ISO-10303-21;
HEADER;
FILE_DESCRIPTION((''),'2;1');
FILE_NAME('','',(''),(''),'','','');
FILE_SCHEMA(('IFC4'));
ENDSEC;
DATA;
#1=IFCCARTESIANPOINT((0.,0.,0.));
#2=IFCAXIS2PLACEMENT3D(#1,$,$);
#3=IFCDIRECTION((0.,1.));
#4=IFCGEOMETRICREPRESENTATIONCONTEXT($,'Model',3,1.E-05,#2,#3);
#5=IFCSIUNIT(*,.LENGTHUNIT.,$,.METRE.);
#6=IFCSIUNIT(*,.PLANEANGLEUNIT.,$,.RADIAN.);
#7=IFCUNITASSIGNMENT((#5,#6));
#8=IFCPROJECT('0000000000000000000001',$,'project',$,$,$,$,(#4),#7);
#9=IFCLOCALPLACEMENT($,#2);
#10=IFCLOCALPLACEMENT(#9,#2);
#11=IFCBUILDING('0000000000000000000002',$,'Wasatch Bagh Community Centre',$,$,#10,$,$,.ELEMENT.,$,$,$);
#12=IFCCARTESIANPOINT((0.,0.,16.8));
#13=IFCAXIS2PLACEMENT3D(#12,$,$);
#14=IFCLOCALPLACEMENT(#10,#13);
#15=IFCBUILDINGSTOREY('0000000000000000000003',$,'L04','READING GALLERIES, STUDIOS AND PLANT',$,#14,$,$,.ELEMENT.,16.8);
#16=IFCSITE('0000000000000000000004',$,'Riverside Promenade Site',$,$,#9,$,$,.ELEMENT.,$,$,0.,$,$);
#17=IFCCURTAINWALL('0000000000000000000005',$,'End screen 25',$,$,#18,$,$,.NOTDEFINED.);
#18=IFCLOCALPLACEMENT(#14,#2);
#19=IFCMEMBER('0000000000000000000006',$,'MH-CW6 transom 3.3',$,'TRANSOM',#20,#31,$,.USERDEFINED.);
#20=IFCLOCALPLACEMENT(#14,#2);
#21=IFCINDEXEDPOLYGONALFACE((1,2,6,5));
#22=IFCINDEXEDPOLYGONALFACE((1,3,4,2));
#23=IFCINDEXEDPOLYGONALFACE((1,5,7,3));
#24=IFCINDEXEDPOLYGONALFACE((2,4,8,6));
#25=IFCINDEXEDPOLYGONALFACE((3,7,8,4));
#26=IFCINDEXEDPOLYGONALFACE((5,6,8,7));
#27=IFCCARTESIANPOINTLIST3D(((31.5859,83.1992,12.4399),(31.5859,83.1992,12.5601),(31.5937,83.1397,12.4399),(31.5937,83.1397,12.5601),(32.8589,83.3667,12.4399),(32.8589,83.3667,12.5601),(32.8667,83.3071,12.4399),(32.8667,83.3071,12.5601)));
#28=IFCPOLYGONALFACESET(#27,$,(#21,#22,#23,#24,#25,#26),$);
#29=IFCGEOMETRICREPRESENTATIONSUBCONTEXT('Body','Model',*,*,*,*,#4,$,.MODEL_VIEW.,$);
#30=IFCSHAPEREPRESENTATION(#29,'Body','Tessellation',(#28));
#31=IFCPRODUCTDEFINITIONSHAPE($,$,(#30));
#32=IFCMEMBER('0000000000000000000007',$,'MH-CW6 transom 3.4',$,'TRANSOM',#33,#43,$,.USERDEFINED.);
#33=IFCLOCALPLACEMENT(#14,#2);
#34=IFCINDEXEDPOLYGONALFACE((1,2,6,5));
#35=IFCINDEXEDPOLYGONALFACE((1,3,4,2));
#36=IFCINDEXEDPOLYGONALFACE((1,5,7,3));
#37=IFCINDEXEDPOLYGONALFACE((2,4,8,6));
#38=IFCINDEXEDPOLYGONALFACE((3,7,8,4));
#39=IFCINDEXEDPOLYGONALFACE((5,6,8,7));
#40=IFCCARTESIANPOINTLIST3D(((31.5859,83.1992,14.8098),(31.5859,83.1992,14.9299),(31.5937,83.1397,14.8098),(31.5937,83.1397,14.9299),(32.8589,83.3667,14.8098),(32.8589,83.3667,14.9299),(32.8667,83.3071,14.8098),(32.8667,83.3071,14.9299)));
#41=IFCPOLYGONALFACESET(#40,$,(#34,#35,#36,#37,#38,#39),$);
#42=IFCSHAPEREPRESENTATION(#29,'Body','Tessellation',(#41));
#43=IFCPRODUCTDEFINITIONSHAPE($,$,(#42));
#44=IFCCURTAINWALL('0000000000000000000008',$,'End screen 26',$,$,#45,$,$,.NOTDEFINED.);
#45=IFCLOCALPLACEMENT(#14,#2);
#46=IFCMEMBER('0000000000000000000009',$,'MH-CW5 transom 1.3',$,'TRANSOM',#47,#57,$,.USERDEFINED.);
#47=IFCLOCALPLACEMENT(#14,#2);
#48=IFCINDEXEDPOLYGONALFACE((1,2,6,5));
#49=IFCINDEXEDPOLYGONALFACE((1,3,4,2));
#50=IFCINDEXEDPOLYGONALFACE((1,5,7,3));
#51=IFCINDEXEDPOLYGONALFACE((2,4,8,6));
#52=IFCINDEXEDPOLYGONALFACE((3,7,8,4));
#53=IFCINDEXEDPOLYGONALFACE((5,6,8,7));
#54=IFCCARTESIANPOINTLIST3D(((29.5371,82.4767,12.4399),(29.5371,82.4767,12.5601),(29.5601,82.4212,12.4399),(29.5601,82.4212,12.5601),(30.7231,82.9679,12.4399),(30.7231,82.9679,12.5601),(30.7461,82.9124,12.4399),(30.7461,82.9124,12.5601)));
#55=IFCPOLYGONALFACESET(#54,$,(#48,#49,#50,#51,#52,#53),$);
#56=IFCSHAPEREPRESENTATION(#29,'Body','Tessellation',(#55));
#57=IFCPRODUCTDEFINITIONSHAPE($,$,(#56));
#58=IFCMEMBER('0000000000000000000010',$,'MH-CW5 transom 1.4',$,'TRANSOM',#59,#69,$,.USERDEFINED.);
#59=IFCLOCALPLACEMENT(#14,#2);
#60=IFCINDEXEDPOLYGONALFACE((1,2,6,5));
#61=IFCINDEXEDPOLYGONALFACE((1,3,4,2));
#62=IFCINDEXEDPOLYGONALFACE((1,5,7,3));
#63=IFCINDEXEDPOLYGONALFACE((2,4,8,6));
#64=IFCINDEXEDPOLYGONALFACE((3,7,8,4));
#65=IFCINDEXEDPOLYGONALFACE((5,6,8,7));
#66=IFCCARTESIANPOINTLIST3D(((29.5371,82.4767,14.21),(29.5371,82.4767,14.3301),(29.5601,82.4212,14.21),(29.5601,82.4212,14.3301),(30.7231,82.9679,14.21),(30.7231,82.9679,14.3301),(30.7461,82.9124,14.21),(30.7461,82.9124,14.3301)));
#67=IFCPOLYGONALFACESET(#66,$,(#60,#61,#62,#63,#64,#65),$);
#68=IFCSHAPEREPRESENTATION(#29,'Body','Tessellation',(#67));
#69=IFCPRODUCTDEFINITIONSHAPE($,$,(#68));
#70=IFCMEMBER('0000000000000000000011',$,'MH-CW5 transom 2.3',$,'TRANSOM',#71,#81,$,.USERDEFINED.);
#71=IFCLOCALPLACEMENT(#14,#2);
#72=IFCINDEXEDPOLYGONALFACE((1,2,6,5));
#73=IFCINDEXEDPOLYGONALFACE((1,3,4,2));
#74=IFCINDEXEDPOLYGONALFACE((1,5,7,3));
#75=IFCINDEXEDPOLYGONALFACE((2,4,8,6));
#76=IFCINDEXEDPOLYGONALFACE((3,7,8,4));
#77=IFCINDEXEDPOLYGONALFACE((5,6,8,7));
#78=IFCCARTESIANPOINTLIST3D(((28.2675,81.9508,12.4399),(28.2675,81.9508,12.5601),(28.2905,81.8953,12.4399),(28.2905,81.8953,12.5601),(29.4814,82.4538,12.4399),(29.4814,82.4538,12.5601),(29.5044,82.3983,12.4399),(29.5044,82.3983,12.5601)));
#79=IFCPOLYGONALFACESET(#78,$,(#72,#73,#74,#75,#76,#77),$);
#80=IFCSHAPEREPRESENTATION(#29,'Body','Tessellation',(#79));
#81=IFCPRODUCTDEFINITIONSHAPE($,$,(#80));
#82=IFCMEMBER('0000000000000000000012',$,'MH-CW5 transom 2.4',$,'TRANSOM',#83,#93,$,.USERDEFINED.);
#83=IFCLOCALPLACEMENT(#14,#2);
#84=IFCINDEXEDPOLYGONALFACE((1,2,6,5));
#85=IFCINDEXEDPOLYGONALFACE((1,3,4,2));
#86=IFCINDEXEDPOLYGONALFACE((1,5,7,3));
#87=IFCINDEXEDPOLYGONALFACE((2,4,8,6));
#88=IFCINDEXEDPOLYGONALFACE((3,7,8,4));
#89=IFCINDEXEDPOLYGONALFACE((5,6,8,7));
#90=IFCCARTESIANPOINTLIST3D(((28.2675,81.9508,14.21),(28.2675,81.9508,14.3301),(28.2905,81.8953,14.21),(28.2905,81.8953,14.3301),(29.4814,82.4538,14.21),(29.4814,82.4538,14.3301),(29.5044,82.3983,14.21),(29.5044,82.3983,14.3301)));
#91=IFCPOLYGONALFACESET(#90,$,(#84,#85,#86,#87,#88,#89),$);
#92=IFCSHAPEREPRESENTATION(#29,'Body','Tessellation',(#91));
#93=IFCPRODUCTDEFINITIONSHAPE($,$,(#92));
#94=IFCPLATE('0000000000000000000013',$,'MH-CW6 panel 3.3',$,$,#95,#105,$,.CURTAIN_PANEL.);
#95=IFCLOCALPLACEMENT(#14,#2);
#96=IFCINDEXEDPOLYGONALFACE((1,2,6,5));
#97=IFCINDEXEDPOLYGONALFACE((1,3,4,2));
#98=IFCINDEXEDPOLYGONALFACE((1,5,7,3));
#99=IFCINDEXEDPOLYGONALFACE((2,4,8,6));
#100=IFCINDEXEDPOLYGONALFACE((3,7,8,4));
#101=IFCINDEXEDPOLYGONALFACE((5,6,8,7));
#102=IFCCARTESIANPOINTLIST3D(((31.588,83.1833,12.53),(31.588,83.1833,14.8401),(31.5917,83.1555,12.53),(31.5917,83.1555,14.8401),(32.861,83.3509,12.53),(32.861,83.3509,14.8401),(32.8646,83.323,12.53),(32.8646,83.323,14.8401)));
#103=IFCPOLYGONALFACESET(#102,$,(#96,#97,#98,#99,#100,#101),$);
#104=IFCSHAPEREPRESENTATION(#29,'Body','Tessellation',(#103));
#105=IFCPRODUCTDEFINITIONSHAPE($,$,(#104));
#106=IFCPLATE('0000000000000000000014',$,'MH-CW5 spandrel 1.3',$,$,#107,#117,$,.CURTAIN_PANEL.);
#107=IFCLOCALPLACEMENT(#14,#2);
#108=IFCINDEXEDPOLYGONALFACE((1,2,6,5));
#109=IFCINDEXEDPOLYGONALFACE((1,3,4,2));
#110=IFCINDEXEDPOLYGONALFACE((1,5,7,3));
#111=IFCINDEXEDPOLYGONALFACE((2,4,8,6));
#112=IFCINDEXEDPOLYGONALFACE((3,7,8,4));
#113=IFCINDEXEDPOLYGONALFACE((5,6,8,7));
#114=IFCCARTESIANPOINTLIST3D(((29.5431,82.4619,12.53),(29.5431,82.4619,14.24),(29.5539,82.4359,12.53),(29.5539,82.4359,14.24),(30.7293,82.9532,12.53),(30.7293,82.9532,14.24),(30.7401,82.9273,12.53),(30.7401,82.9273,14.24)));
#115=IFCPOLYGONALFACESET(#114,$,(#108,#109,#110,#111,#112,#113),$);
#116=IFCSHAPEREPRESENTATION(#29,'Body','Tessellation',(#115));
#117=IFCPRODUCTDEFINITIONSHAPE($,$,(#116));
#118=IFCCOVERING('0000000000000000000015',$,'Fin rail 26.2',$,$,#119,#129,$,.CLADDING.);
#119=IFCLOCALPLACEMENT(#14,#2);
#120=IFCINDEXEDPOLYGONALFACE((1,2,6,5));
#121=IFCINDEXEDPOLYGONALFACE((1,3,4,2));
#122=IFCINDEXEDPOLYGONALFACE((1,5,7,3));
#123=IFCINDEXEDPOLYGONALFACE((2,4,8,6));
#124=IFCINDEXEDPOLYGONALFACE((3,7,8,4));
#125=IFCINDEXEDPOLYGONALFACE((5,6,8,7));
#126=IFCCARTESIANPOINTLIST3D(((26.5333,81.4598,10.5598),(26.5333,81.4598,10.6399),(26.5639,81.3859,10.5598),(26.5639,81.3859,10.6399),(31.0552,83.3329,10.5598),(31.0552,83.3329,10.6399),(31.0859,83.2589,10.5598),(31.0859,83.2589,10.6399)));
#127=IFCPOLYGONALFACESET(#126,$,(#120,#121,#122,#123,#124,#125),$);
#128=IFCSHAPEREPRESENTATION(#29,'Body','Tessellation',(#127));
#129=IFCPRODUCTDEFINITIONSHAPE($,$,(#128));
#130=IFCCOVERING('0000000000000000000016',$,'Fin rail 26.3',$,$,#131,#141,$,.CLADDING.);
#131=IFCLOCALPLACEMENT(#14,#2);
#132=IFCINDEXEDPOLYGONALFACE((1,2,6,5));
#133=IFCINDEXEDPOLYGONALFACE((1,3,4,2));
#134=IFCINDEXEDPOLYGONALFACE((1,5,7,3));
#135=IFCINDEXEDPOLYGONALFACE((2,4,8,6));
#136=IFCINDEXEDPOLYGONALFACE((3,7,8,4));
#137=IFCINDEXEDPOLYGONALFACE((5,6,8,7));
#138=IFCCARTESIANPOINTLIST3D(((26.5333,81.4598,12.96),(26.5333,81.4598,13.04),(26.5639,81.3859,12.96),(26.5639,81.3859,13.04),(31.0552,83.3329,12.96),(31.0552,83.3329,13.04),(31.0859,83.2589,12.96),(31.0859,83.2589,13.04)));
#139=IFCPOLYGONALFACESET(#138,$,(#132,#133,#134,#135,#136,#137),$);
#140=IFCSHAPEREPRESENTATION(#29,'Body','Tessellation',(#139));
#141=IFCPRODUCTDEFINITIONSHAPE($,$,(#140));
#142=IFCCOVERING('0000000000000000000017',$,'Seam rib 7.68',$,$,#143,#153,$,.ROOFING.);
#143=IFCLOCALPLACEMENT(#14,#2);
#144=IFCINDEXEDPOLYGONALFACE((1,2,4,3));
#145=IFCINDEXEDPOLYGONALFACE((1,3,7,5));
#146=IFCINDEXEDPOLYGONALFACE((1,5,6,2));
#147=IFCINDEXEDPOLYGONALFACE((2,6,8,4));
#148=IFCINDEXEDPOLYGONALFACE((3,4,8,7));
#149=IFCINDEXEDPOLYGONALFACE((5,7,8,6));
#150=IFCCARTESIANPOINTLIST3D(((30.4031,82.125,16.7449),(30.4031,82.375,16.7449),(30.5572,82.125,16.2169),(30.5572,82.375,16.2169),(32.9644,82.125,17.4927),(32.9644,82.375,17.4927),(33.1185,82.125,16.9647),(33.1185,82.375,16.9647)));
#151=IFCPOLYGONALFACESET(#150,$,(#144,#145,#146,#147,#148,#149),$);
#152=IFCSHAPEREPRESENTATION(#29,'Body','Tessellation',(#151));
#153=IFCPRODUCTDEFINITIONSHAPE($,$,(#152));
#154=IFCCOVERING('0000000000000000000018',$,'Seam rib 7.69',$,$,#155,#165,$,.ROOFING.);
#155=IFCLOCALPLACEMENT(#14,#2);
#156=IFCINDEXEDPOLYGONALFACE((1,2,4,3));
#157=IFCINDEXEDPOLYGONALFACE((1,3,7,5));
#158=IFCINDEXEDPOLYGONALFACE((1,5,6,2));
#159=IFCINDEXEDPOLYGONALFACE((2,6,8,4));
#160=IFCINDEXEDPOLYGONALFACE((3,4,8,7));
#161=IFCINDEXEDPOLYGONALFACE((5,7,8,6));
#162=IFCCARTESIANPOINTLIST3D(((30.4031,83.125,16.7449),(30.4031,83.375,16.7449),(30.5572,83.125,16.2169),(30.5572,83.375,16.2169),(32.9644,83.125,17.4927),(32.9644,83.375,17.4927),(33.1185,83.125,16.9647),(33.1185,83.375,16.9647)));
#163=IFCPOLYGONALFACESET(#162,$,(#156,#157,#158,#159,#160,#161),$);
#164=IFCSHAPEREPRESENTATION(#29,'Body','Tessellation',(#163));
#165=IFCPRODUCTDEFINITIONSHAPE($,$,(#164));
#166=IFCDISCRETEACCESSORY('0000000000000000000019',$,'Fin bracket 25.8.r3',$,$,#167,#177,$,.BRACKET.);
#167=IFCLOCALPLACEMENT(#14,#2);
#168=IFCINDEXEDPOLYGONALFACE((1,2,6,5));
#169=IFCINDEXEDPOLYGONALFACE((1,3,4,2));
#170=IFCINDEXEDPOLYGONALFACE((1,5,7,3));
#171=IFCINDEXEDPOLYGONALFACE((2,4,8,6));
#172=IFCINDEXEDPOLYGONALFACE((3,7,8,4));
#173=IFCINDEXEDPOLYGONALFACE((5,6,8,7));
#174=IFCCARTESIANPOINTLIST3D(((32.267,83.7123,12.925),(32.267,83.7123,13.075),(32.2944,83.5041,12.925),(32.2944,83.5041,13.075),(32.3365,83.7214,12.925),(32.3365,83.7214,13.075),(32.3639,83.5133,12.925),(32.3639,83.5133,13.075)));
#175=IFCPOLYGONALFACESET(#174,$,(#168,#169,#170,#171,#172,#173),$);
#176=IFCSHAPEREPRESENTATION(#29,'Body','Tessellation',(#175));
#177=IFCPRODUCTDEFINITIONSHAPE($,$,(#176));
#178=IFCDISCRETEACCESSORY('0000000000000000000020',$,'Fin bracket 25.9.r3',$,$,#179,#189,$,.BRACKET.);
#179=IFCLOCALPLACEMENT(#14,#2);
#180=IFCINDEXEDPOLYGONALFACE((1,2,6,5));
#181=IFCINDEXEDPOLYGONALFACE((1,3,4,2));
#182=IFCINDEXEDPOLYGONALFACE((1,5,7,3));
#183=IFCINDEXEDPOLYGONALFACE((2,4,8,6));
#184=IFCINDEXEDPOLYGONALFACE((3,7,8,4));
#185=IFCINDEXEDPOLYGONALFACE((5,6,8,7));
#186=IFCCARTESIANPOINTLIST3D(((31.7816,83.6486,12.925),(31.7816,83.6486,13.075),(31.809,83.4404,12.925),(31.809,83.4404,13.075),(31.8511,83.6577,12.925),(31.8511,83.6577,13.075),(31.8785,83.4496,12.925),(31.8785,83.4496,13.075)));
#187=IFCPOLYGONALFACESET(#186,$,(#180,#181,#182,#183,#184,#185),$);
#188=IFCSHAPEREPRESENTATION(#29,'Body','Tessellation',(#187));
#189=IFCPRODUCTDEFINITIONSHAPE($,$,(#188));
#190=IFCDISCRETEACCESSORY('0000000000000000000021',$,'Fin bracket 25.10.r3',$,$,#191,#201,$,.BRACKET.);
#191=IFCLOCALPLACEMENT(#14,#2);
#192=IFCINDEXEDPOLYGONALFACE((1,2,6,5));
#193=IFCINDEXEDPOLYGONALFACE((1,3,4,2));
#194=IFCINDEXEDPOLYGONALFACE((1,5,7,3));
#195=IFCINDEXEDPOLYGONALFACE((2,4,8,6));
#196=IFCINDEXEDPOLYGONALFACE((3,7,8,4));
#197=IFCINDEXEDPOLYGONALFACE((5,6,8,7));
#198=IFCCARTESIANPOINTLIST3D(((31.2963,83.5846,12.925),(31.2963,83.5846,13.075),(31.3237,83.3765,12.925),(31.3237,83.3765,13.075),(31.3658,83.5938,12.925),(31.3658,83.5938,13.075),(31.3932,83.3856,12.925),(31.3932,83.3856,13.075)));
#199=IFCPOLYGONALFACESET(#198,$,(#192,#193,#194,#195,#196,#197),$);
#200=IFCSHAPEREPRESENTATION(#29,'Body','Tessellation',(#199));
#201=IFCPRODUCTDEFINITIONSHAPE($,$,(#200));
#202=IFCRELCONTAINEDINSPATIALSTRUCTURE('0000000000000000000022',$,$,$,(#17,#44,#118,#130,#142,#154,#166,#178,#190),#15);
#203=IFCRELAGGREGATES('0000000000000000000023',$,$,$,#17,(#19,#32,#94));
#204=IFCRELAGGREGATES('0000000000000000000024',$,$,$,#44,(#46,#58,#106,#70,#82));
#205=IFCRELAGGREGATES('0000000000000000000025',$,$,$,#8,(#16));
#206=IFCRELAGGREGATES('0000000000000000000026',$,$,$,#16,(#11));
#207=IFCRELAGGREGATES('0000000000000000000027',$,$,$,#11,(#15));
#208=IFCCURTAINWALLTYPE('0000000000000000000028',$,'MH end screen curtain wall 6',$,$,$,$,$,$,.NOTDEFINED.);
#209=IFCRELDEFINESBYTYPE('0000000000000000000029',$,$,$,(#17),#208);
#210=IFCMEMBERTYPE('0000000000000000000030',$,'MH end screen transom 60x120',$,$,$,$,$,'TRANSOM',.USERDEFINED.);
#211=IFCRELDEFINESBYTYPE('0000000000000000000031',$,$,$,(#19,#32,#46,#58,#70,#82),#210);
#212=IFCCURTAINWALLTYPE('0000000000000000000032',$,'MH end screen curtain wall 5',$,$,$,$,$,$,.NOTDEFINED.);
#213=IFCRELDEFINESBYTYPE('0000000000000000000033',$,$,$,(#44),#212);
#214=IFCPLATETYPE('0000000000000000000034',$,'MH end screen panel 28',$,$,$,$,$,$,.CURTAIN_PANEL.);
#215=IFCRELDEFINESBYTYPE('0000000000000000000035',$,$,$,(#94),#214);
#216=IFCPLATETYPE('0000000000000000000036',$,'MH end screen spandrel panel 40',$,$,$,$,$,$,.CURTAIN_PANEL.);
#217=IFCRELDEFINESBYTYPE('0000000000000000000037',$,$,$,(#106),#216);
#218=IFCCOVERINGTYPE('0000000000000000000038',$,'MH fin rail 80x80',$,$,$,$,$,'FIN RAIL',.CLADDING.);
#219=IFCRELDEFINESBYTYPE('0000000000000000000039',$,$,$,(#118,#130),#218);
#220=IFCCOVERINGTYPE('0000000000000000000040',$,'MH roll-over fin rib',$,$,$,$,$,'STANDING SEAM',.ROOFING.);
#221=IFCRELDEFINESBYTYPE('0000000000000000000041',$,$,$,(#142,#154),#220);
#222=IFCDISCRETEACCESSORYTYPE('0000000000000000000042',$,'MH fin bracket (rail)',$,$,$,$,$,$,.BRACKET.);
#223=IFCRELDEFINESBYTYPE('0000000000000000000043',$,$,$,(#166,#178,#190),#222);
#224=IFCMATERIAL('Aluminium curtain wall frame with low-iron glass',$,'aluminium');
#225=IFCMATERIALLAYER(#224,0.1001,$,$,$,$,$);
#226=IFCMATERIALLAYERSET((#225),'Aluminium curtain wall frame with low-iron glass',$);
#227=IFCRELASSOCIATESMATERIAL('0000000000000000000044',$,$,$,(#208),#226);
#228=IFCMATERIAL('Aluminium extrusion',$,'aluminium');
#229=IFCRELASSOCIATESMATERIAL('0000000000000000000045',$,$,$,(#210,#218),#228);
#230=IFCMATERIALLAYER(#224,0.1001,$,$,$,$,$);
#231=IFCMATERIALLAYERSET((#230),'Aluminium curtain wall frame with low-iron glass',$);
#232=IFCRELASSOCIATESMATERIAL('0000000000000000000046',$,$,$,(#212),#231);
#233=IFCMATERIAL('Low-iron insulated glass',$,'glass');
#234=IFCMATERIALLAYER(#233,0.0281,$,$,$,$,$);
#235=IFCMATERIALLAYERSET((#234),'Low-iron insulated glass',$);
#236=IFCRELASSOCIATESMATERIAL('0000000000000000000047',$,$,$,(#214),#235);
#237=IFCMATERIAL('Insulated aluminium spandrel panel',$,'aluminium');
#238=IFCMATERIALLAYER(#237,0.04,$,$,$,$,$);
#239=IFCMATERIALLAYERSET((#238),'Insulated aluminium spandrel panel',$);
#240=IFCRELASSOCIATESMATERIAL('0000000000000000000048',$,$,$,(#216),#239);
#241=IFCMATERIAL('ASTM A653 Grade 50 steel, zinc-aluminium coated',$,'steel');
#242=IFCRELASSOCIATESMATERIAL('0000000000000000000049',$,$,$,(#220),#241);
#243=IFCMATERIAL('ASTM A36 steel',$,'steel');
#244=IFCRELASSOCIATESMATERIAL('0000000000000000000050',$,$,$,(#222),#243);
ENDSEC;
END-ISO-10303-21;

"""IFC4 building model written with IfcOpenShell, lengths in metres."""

from ifc_helpers import new_model, si_unit, direction, frame, origin, origin_2d, place, context, subcontext, project, spatial, polyline, rectangle, outline, extrude, material, layer, layer_set, material_profile, profile_set, type_object, element, aggregate, save


model = new_model("IFC4")

# Units and contexts
model_context = context("Model", 3, precision=1e-05, world=origin(), true_north=direction((0.0, 1.0)))
body_context = subcontext(model_context, "Body", "Model", "MODEL_VIEW")
ifc_project = project(units=[si_unit("LENGTHUNIT", "METRE"), si_unit("PLANEANGLEUNIT", "RADIAN")], contexts=[model_context])

# Site, building, storey
site_placement = place(None, origin())
site = spatial("IfcSite", under=ifc_project, at=site_placement, Name="Riverside Promenade Site", CompositionType="ELEMENT", RefElevation=0.0)
building_placement = place(site_placement, origin())
building = spatial("IfcBuilding", under=site, at=building_placement, Name="Wasatch Bagh Community Centre", CompositionType="ELEMENT")
storey_placement = place(building_placement, frame((0.0, 0.0, 16.8)))
storey = spatial("IfcBuildingStorey", under=building, at=storey_placement, Name="L04", Description="READING GALLERIES, STUDIOS AND PLANT", CompositionType="ELEMENT", Elevation=16.8)

# Curtain walls, members
ifc_material_1 = material(Name="Aluminium curtain wall frame with low-iron glass", Category="aluminium")
ifc_layer_1 = layer(ifc_material_1, 0.1001)
ifc_layer_set_1 = layer_set([ifc_layer_1], Name="Aluminium curtain wall frame with low-iron glass")
curtain_wall_type_1 = type_object("IfcCurtainWallType", Name="MH end screen curtain wall 6", PredefinedType="NOTDEFINED", material=ifc_layer_set_1)
curtain_wall_1_placement = place(storey_placement, origin())
curtain_wall_1 = element("IfcCurtainWall", 1, at=curtain_wall_1_placement, inside=storey, type_object=curtain_wall_type_1, Name="End screen 25", PredefinedType="NOTDEFINED")
ifc_material_2 = material(Name="Aluminium extrusion", Category="aluminium")
ifc_material_profile_1 = material_profile(ifc_material_2, rectangle(XDim=0.0601, YDim=0.1201, at=origin_2d()), Name="AL 60x120")
ifc_profile_set_1 = profile_set([ifc_material_profile_1], Name="Aluminium extrusion")
member_type = type_object("IfcMemberType", Name="MH end screen transom 60x120", ElementType="TRANSOM", PredefinedType="USERDEFINED", material=ifc_profile_set_1)
member_1_placement = place(storey_placement, frame((32.8628, 83.3369, 12.5), z_axis=(-0.991456, -0.130445, 0.0), x_axis=(0.130445, -0.991456, 0.0)))
member_1 = element("IfcMember", 2, at=member_1_placement, type_object=member_type, Name="MH-CW6 transom 3.3", ObjectType="TRANSOM", PredefinedType="USERDEFINED", context=body_context, shape_type="SweptSolid", body=[
    extrude(rectangle(XDim=0.0601, YDim=0.1201, at=origin_2d()), origin(), (0.0, 0.0, 1.0), 1.2839),
])
member_2_placement = place(storey_placement, frame((32.8628, 83.3369, 14.8699), z_axis=(-0.991456, -0.130445, 0.0), x_axis=(0.130445, -0.991456, 0.0)))
member_2 = element("IfcMember", 3, at=member_2_placement, type_object=member_type, Name="MH-CW6 transom 3.4", ObjectType="TRANSOM", PredefinedType="USERDEFINED", context=body_context, shape_type="SweptSolid", body=[
    extrude(rectangle(XDim=0.0601, YDim=0.1201, at=origin_2d()), origin(), (0.0, 0.0, 1.0), 1.2839),
])
ifc_layer_2 = layer(ifc_material_1, 0.1001)
ifc_layer_set_2 = layer_set([ifc_layer_2], Name="Aluminium curtain wall frame with low-iron glass")
curtain_wall_type_2 = type_object("IfcCurtainWallType", Name="MH end screen curtain wall 5", PredefinedType="NOTDEFINED", material=ifc_layer_set_2)
curtain_wall_2_placement = place(storey_placement, origin())
curtain_wall_2 = element("IfcCurtainWall", 4, at=curtain_wall_2_placement, inside=storey, type_object=curtain_wall_type_2, Name="End screen 26", PredefinedType="NOTDEFINED")
member_3_placement = place(storey_placement, frame((30.7346, 82.9402, 12.5), z_axis=(-0.923896, -0.382643, 0.0), x_axis=(0.382643, -0.923896, 0.0)))
member_3 = element("IfcMember", 5, at=member_3_placement, type_object=member_type, Name="MH-CW5 transom 1.3", ObjectType="TRANSOM", PredefinedType="USERDEFINED", context=body_context, shape_type="SweptSolid", body=[
    extrude(rectangle(XDim=0.0601, YDim=0.1201, at=origin_2d()), origin(), (0.0, 0.0, 1.0), 1.2837),
])
member_4_placement = place(storey_placement, frame((30.7346, 82.9402, 14.27), z_axis=(-0.923896, -0.382643, 0.0), x_axis=(0.382643, -0.923896, 0.0)))
member_4 = element("IfcMember", 6, at=member_4_placement, type_object=member_type, Name="MH-CW5 transom 1.4", ObjectType="TRANSOM", PredefinedType="USERDEFINED", context=body_context, shape_type="SweptSolid", body=[
    extrude(rectangle(XDim=0.0601, YDim=0.1201, at=origin_2d()), origin(), (0.0, 0.0, 1.0), 1.2837),
])
member_5_placement = place(storey_placement, frame((29.4929, 82.426, 12.5), z_axis=(-0.923845, -0.382768, 0.0), x_axis=(0.382768, -0.923845, 0.0)))
member_5 = element("IfcMember", 7, at=member_5_placement, type_object=member_type, Name="MH-CW5 transom 2.3", ObjectType="TRANSOM", PredefinedType="USERDEFINED", context=body_context, shape_type="SweptSolid", body=[
    extrude(rectangle(XDim=0.0601, YDim=0.1201, at=origin_2d()), origin(), (0.0, 0.0, 1.0), 1.314),
])
member_6_placement = place(storey_placement, frame((29.4929, 82.426, 14.27), z_axis=(-0.923845, -0.382768, 0.0), x_axis=(0.382768, -0.923845, 0.0)))
member_6 = element("IfcMember", 8, at=member_6_placement, type_object=member_type, Name="MH-CW5 transom 2.4", ObjectType="TRANSOM", PredefinedType="USERDEFINED", context=body_context, shape_type="SweptSolid", body=[
    extrude(rectangle(XDim=0.0601, YDim=0.1201, at=origin_2d()), origin(), (0.0, 0.0, 1.0), 1.314),
])

# Plates
ifc_material_3 = material(Name="Low-iron insulated glass", Category="glass")
ifc_layer_3 = layer(ifc_material_3, 0.0281)
ifc_layer_set_3 = layer_set([ifc_layer_3], Name="Low-iron insulated glass")
plate_type_1 = type_object("IfcPlateType", Name="MH end screen panel 28", PredefinedType="CURTAIN_PANEL", material=ifc_layer_set_3)
plate_1_placement = place(storey_placement, frame((32.2263, 83.2532, 12.53), z_axis=(0.0, 0.0, 1.0), x_axis=(-0.991445, -0.130526, 0.0)))
plate_1 = element("IfcPlate", 9, at=plate_1_placement, type_object=plate_type_1, Name="MH-CW6 panel 3.3", PredefinedType="CURTAIN_PANEL", context=body_context, shape_type="SweptSolid", body=[
    extrude(rectangle(XDim=1.2839, YDim=0.0281, at=origin_2d()), origin(), (0.0, 0.0, 1.0), 2.3101),
])
aggregate(curtain_wall_1, [member_1, member_2, plate_1])
ifc_material_4 = material(Name="Insulated aluminium spandrel panel", Category="aluminium")
ifc_layer_4 = layer(ifc_material_4, 0.04)
ifc_layer_set_4 = layer_set([ifc_layer_4], Name="Insulated aluminium spandrel panel")
plate_type_2 = type_object("IfcPlateType", Name="MH end screen spandrel panel 40", PredefinedType="CURTAIN_PANEL", material=ifc_layer_set_4)
plate_2_placement = place(storey_placement, frame((30.1416, 82.6946, 12.53), z_axis=(0.0, 0.0, 1.0), x_axis=(-0.92388, -0.382683, 0.0)))
plate_2 = element("IfcPlate", 10, at=plate_2_placement, type_object=plate_type_2, Name="MH-CW5 spandrel 1.3", PredefinedType="CURTAIN_PANEL", context=body_context, shape_type="SweptSolid", body=[
    extrude(rectangle(XDim=1.2839, YDim=0.0281, at=origin_2d()), origin(), (0.0, 0.0, 1.0), 1.71),
])
aggregate(curtain_wall_2, [member_3, member_4, plate_2, member_5, member_6])

# Coverings
ifc_material_profile_2 = material_profile(ifc_material_2, rectangle(XDim=0.0801, YDim=0.0801, at=origin_2d()), Name="AL 80x80")
ifc_profile_set_2 = profile_set([ifc_material_profile_2], Name="Aluminium extrusion")
covering_type_1 = type_object("IfcCoveringType", Name="MH fin rail 80x80", ElementType="FIN RAIL", PredefinedType="CLADDING", material=ifc_profile_set_2)
for number, where, z_axis, x_axis, name in (
    (11, (31.0706, 83.2959, 10.5999), (-0.923881, -0.382681, 0.0), (0.382681, -0.923881, 0.0), "Fin rail 26.2"),
    (12, (31.0706, 83.2959, 13.0), (-0.923881, -0.382681, 0.0), (0.382681, -0.923881, 0.0), "Fin rail 26.3"),
):
    element("IfcCovering", number, at=place(storey_placement, frame(where, z_axis=z_axis, x_axis=x_axis)), inside=storey, type_object=covering_type_1, Name=name, PredefinedType="CLADDING", context=body_context, shape_type="SweptSolid", body=[
        extrude(rectangle(XDim=0.0801, YDim=0.0801, at=origin_2d()), origin(), (0.0, 0.0, 1.0), 4.8945),
    ])
ifc_material_5 = material(Name="ASTM A653 Grade 50 steel, zinc-aluminium coated", Category="steel")
covering_type_2 = type_object("IfcCoveringType", Name="MH roll-over fin rib", ElementType="STANDING SEAM", PredefinedType="ROOFING", material=ifc_material_5)
for number, where, z_axis, x_axis, name in (
    (13, (30.4031, 82.125, 16.7449), (-0.280264, 0.0, 0.959923), (0.959923, 0.0, 0.280264), "Seam rib 7.68"),
    (14, (30.4031, 83.125, 16.7449), (-0.280264, 0.0, 0.959923), (0.959923, 0.0, 0.280264), "Seam rib 7.69"),
):
    element("IfcCovering", number, at=place(storey_placement, frame(where, z_axis=z_axis, x_axis=x_axis)), inside=storey, type_object=covering_type_2, Name=name, PredefinedType="ROOFING", context=body_context, shape_type="SweptSolid", body=[
        extrude(outline(polyline([(0.0, 0.0), (2.6682, 0.0), (2.6682, 0.25), (0.0, 0.25), (0.0, 0.0)])), origin(), (0.0, 0.0, -1.0), 0.55),
    ])

# Discrete accessories
ifc_material_6 = material(Name="ASTM A36 steel", Category="steel")
discrete_accessory_type_1 = type_object("IfcDiscreteAccessoryType", Name="MH fin bracket (rail)", PredefinedType="BRACKET", material=ifc_material_6)
for number, where, z_axis, x_axis, name in (
    (15, (32.3154, 83.6128, 12.925), (0.0, 0.0, 1.0), (-0.991445, -0.130526, 0.0), "Fin bracket 25.8.r3"),
    (16, (31.8301, 83.5491, 12.925), (0.0, 0.0, 1.0), (-0.991445, -0.130526, 0.0), "Fin bracket 25.9.r3"),
    (17, (31.3447, 83.4851, 12.925), (0.0, 0.0, 1.0), (-0.991445, -0.130526, 0.0), "Fin bracket 25.10.r3"),
):
    element("IfcDiscreteAccessory", number, at=place(storey_placement, frame(where, z_axis=z_axis, x_axis=x_axis)), inside=storey, type_object=discrete_accessory_type_1, Name=name, PredefinedType="BRACKET", context=body_context, shape_type="SweptSolid", body=[
        extrude(rectangle(XDim=0.0701, YDim=0.21, at=origin_2d()), origin(), (0.0, 0.0, 1.0), 0.1499),
    ])

save(model, "model.ifc")
